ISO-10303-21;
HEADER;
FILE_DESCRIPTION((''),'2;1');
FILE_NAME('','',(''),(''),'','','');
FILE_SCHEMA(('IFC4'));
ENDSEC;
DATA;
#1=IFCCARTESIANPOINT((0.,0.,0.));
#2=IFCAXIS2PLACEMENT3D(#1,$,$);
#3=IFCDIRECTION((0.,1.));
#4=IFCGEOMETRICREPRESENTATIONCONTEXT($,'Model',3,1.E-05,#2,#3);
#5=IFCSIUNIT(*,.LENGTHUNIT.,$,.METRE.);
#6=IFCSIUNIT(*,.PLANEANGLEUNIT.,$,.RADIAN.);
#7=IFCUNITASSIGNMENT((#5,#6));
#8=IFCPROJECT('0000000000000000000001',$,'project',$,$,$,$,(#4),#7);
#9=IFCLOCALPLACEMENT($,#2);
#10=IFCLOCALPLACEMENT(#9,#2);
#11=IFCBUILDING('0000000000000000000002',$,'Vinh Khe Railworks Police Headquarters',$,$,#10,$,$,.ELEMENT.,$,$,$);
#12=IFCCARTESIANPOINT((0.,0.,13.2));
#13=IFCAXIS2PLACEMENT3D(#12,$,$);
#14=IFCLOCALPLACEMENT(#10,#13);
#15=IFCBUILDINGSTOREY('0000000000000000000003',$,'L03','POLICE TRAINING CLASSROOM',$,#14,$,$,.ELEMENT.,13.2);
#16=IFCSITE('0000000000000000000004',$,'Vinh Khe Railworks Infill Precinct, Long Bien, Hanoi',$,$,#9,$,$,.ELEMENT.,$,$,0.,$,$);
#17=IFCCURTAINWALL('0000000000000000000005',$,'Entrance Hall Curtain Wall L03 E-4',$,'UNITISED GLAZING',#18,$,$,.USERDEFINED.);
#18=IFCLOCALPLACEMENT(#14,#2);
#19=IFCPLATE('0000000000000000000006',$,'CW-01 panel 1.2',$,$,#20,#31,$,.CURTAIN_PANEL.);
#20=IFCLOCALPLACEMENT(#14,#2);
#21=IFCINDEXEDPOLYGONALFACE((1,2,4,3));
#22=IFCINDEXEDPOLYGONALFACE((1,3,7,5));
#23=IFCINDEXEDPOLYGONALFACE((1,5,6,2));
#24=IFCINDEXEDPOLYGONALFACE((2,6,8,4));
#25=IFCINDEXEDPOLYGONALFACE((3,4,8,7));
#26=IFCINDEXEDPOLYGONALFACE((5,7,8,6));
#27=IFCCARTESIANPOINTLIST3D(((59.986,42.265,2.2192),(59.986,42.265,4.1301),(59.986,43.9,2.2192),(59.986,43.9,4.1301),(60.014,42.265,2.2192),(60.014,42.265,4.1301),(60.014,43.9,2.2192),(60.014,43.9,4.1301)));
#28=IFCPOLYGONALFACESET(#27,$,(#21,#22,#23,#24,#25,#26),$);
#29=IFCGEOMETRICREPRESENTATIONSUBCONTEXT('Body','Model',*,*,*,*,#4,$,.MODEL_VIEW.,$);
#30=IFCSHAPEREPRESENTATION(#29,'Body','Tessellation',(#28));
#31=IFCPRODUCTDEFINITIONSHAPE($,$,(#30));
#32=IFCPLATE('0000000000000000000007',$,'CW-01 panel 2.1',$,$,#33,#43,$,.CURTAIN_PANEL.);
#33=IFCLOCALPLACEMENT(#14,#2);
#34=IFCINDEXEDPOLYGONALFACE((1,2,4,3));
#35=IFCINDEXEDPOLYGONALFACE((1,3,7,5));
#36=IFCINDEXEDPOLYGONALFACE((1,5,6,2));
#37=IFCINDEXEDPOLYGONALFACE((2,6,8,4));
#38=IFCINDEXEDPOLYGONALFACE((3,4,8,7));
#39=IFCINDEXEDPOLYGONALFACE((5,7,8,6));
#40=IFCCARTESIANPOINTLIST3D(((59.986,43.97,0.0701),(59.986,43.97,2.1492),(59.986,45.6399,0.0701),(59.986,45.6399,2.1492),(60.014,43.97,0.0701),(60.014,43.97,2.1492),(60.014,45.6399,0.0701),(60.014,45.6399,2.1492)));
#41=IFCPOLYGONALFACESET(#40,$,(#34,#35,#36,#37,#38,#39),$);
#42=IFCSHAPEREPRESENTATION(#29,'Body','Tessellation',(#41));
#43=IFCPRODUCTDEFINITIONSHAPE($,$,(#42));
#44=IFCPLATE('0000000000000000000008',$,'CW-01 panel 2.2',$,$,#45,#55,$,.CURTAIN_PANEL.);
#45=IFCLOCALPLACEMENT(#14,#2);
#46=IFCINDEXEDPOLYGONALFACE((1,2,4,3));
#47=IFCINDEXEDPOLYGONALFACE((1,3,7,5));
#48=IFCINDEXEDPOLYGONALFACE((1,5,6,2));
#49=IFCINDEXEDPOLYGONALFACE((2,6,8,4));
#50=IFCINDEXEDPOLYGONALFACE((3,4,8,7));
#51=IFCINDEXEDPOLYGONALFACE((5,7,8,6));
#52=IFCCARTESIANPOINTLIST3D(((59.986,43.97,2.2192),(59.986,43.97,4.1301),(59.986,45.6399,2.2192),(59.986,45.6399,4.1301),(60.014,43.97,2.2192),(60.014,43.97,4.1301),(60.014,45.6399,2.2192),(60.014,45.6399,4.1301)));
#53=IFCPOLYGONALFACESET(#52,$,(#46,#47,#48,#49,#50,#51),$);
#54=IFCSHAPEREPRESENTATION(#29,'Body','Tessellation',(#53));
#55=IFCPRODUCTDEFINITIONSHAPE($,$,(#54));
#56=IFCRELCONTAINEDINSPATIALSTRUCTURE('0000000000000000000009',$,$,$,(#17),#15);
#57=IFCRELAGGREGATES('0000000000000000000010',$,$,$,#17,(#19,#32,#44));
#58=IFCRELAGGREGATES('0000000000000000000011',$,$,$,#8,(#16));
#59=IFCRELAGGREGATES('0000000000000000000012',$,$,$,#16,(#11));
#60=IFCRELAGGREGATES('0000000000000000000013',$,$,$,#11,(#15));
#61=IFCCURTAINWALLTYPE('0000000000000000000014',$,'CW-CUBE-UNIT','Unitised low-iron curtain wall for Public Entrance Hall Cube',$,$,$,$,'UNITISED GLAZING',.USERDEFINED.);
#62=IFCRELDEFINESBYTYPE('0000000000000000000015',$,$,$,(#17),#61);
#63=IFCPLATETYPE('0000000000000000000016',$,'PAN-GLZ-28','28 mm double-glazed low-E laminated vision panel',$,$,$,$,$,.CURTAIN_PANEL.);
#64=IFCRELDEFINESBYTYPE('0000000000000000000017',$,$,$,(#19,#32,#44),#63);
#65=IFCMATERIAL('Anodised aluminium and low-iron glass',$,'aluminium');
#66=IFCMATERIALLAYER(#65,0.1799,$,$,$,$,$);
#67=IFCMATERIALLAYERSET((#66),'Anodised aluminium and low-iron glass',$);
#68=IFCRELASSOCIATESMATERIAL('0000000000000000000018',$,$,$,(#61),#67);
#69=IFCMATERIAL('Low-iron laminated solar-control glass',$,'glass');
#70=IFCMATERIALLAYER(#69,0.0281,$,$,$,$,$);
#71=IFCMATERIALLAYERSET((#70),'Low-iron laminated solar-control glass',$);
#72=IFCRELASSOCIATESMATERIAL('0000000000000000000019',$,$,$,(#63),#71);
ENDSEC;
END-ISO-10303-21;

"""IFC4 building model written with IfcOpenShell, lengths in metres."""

from ifc_helpers import new_model, si_unit, direction, frame, origin, origin_2d, place, context, subcontext, project, spatial, rectangle, extrude, material, layer, layer_set, type_object, element, aggregate, save


model = new_model("IFC4")

# Units and contexts
model_context = context("Model", 3, precision=1e-05, world=origin(), true_north=direction((0.0, 1.0)))
body_context = subcontext(model_context, "Body", "Model", "MODEL_VIEW")
ifc_project = project(units=[si_unit("LENGTHUNIT", "METRE"), si_unit("PLANEANGLEUNIT", "RADIAN")], contexts=[model_context])

# Site, building, storey
site_placement = place(None, origin())
site = spatial("IfcSite", under=ifc_project, at=site_placement, Name="Vinh Khe Railworks Infill Precinct, Long Bien, Hanoi", CompositionType="ELEMENT", RefElevation=0.0)
building_placement = place(site_placement, origin())
building = spatial("IfcBuilding", under=site, at=building_placement, Name="Vinh Khe Railworks Police Headquarters", CompositionType="ELEMENT")
storey_placement = place(building_placement, frame((0.0, 0.0, 13.2)))
storey = spatial("IfcBuildingStorey", under=building, at=storey_placement, Name="L03", Description="POLICE TRAINING CLASSROOM", CompositionType="ELEMENT", Elevation=13.2)

# Curtain wall
ifc_material_1 = material(Name="Anodised aluminium and low-iron glass", Category="aluminium")
ifc_layer_1 = layer(ifc_material_1, 0.1799)
ifc_layer_set_1 = layer_set([ifc_layer_1], Name="Anodised aluminium and low-iron glass")
curtain_wall_type_1 = type_object("IfcCurtainWallType", Name="CW-CUBE-UNIT", Description="Unitised low-iron curtain wall for Public Entrance Hall Cube", ElementType="UNITISED GLAZING", PredefinedType="USERDEFINED", material=ifc_layer_set_1)
curtain_wall_1_placement = place(storey_placement, origin())
curtain_wall_1 = element("IfcCurtainWall", 1, at=curtain_wall_1_placement, inside=storey, type_object=curtain_wall_type_1, Name="Entrance Hall Curtain Wall L03 E-4", ObjectType="UNITISED GLAZING", PredefinedType="USERDEFINED")

# Plates
ifc_material_2 = material(Name="Low-iron laminated solar-control glass", Category="glass")
ifc_layer_2 = layer(ifc_material_2, 0.0281)
ifc_layer_set_2 = layer_set([ifc_layer_2], Name="Low-iron laminated solar-control glass")
plate_type_1 = type_object("IfcPlateType", Name="PAN-GLZ-28", Description="28 mm double-glazed low-E laminated vision panel", PredefinedType="CURTAIN_PANEL", material=ifc_layer_set_2)
plate_1_placement = place(storey_placement, frame((60.0, 43.0825, 2.2192), z_axis=(0.0, 0.0, 1.0), x_axis=(0.0, 1.0, 0.0)))
plate_1 = element("IfcPlate", 2, at=plate_1_placement, type_object=plate_type_1, Name="CW-01 panel 1.2", PredefinedType="CURTAIN_PANEL", context=body_context, shape_type="SweptSolid", body=[
    extrude(rectangle(XDim=1.635, YDim=0.0281, at=origin_2d()), origin(), (0.0, 0.0, 1.0), 1.9109),
])
plate_2_placement = place(storey_placement, frame((60.0, 44.8049, 0.0701), z_axis=(0.0, 0.0, 1.0), x_axis=(0.0, 1.0, 0.0)))
plate_2 = element("IfcPlate", 3, at=plate_2_placement, type_object=plate_type_1, Name="CW-01 panel 2.1", PredefinedType="CURTAIN_PANEL", context=body_context, shape_type="SweptSolid", body=[
    extrude(rectangle(XDim=1.6699, YDim=0.0281, at=origin_2d()), origin(), (0.0, 0.0, 1.0), 2.0791),
])
plate_3_placement = place(storey_placement, frame((60.0, 44.8049, 2.2192), z_axis=(0.0, 0.0, 1.0), x_axis=(0.0, 1.0, 0.0)))
plate_3 = element("IfcPlate", 4, at=plate_3_placement, type_object=plate_type_1, Name="CW-01 panel 2.2", PredefinedType="CURTAIN_PANEL", context=body_context, shape_type="SweptSolid", body=[
    extrude(rectangle(XDim=1.6699, YDim=0.0281, at=origin_2d()), origin(), (0.0, 0.0, 1.0), 1.9109),
])
aggregate(curtain_wall_1, [plate_1, plate_2, plate_3])

save(model, "model.ifc")
